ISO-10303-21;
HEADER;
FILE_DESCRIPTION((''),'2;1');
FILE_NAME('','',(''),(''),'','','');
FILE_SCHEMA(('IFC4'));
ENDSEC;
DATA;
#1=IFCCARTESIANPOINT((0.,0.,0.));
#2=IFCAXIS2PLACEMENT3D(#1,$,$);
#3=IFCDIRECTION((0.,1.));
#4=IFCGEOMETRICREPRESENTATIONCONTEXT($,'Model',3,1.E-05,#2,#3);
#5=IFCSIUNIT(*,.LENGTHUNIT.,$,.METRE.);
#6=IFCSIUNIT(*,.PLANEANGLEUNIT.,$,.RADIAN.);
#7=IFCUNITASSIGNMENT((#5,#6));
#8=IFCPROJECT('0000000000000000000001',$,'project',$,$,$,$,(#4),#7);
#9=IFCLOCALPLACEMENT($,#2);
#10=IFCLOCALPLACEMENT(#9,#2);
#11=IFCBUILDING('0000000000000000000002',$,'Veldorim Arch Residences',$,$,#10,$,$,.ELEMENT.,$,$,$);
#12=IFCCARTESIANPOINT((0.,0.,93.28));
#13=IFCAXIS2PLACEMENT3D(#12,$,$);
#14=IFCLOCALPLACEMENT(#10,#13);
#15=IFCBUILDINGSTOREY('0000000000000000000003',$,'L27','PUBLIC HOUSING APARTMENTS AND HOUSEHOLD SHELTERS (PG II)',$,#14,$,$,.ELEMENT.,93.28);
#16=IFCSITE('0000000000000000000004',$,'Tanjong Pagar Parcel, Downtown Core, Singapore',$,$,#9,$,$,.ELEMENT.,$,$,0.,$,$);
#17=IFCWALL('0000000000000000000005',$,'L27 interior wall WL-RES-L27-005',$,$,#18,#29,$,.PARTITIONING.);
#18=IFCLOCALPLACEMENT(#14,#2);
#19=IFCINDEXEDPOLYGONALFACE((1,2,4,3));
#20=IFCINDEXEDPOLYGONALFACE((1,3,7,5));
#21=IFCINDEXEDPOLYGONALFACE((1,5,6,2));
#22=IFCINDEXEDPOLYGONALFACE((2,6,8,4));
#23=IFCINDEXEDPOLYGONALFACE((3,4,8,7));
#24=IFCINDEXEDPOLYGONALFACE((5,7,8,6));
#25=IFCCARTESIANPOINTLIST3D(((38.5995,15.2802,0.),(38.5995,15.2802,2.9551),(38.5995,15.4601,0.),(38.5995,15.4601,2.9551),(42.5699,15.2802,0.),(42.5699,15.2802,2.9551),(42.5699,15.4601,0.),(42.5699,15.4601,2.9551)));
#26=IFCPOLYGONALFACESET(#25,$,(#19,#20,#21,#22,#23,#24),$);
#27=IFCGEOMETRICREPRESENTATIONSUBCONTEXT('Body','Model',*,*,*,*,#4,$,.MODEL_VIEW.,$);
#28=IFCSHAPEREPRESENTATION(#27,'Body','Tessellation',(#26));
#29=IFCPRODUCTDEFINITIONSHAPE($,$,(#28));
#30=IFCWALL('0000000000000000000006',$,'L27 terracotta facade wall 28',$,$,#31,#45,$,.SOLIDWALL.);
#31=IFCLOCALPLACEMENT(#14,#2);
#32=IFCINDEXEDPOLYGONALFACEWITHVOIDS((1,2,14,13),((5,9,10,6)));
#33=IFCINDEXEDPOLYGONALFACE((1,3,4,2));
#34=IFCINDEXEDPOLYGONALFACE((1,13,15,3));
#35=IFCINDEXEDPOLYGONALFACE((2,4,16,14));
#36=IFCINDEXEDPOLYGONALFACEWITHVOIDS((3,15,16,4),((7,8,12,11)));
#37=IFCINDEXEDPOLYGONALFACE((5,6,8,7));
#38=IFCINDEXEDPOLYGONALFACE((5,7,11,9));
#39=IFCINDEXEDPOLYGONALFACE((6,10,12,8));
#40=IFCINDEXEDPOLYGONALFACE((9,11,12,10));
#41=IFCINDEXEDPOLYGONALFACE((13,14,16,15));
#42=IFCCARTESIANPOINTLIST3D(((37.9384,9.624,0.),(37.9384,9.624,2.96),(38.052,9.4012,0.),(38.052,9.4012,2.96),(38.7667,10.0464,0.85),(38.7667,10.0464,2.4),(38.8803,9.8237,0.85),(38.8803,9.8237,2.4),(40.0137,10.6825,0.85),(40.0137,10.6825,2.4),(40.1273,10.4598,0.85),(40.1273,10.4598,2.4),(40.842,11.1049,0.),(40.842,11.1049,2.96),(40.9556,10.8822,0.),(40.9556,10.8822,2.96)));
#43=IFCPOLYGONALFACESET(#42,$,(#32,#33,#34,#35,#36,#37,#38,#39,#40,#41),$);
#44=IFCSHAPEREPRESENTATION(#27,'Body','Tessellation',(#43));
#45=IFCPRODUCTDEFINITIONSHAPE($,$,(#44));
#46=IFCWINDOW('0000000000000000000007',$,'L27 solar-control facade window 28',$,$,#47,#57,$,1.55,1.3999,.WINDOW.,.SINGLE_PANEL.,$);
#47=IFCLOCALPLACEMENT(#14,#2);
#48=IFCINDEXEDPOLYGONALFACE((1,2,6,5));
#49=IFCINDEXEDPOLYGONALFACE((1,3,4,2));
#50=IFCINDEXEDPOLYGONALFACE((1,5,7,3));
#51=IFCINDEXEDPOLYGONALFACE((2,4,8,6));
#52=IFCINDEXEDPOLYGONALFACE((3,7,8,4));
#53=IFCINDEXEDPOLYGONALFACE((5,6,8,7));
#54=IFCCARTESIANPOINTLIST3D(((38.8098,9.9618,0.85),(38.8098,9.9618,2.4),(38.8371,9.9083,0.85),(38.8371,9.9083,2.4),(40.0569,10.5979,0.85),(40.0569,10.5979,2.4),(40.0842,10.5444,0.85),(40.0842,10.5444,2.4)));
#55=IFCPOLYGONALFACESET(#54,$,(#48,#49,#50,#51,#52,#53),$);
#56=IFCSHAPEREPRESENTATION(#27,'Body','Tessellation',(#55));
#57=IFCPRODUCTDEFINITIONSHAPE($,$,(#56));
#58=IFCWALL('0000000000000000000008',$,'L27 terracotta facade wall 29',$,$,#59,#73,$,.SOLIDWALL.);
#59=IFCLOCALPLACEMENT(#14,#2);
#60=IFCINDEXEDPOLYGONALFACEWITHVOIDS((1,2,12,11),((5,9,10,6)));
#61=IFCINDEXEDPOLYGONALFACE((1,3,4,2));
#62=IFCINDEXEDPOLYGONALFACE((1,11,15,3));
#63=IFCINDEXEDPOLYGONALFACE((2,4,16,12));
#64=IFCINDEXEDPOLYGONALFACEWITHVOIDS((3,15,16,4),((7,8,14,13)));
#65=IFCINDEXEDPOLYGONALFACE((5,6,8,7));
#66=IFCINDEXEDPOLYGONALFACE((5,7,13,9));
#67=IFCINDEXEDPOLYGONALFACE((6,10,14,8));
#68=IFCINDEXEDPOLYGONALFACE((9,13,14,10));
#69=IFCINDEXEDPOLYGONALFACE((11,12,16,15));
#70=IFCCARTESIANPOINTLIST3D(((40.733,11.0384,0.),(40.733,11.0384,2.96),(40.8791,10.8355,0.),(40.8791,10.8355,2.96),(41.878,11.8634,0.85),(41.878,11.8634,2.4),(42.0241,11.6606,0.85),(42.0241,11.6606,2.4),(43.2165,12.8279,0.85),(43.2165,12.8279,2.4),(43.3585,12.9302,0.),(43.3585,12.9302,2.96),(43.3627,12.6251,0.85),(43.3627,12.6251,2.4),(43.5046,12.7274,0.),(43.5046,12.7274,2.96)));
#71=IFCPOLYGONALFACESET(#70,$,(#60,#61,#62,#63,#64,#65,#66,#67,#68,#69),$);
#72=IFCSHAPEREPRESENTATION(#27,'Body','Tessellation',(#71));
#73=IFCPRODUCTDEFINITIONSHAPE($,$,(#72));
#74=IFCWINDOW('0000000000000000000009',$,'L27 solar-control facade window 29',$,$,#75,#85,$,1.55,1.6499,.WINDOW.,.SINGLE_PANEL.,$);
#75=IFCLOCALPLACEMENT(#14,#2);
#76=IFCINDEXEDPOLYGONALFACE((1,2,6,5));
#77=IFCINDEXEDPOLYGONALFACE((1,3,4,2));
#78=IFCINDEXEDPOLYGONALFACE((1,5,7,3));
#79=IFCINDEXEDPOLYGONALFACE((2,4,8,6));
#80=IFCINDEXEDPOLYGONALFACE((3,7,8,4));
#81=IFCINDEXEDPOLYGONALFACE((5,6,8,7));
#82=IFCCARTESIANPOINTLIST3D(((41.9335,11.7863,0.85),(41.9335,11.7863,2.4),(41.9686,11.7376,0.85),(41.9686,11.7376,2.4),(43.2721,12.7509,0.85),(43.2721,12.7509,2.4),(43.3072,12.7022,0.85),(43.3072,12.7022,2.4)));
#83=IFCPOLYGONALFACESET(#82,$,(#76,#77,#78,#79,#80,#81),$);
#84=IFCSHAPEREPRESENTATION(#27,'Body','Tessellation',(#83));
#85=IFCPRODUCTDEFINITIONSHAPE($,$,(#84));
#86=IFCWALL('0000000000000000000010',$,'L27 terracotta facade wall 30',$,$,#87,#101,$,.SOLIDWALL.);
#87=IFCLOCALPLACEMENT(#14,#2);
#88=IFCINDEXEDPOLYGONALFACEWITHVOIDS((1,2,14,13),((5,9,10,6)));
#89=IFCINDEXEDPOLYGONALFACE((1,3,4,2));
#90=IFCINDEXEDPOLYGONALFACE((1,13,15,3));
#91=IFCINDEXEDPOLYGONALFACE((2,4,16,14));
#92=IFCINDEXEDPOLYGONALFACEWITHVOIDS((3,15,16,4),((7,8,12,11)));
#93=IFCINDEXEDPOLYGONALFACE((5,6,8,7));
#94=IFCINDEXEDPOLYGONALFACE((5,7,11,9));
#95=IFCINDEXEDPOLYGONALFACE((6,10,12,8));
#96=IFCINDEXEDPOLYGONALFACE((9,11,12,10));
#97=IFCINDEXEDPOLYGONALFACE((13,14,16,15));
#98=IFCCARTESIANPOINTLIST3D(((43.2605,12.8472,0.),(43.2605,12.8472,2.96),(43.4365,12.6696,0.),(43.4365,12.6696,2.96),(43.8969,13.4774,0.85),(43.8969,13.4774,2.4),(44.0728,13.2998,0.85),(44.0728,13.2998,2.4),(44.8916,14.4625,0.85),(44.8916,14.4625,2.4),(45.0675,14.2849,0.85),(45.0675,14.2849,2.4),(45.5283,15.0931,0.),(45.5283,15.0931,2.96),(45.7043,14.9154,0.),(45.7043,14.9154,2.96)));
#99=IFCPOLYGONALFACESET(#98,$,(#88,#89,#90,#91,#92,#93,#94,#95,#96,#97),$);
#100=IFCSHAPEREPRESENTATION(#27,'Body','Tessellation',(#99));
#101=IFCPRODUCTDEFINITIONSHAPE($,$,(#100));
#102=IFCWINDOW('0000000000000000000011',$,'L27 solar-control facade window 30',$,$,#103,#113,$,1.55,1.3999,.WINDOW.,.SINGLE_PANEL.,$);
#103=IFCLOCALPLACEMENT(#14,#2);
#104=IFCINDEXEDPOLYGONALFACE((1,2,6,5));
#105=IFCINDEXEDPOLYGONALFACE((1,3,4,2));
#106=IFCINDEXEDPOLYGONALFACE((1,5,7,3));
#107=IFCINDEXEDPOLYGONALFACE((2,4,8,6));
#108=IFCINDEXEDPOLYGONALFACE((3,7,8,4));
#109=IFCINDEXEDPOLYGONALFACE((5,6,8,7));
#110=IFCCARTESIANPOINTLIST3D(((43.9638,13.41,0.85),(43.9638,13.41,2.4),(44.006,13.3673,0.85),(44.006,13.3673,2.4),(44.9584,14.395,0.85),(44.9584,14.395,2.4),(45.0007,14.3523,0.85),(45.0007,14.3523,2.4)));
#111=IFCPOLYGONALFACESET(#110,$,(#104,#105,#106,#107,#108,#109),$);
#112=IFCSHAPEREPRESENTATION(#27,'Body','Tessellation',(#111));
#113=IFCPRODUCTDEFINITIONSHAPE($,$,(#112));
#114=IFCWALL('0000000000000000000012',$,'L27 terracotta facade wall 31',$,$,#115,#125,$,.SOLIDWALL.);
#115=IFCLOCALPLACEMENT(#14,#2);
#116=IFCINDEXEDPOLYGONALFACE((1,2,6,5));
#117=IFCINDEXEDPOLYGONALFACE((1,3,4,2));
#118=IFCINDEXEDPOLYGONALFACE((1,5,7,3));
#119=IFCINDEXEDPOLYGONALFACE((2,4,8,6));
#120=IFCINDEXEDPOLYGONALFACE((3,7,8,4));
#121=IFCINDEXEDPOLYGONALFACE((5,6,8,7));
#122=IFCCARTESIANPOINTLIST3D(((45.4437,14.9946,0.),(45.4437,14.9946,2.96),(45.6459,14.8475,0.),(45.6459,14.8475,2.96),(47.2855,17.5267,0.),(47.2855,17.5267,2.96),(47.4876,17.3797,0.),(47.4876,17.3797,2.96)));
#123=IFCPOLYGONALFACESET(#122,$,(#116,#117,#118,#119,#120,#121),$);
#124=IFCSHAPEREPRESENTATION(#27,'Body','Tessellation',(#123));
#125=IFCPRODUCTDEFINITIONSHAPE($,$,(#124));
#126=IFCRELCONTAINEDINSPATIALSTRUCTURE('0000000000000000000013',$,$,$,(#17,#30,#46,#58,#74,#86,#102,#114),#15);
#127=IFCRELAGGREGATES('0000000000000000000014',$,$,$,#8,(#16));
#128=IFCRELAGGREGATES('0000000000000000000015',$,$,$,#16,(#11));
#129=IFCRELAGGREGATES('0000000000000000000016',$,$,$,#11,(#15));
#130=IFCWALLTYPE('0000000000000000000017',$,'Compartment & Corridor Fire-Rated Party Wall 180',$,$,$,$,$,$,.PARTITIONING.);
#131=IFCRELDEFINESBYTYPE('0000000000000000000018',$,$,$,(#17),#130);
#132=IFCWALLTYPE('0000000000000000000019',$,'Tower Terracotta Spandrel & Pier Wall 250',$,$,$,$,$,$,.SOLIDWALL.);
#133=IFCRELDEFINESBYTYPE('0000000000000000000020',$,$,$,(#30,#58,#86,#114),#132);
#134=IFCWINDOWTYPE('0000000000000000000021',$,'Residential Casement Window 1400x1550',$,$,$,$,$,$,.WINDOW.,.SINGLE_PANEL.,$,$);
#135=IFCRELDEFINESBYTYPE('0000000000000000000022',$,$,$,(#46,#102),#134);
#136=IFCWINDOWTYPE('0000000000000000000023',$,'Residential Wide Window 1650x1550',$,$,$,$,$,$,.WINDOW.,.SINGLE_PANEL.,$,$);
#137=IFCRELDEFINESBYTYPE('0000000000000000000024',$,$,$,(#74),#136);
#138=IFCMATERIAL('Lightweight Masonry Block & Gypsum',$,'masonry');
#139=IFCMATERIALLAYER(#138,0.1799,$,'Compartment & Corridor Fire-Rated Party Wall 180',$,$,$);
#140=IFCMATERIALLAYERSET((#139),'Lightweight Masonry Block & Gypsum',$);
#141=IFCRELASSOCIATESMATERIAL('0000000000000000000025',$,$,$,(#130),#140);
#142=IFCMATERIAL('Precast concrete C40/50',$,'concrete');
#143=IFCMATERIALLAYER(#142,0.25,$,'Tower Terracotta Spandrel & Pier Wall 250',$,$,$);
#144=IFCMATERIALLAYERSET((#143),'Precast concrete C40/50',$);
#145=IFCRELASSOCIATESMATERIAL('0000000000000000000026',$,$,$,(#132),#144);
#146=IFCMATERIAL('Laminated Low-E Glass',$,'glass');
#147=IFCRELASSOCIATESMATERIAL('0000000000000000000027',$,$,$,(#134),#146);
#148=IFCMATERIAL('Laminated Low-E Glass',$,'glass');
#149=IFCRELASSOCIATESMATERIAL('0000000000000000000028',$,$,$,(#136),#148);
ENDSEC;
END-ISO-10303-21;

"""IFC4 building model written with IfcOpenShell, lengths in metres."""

from ifc_helpers import new_model, si_unit, direction, frame, frame_2d, origin, place, context, subcontext, project, spatial, rectangle, extrude, material, layer, layer_set, type_object, element, fill, save


model = new_model("IFC4")

# Units and contexts
model_context = context("Model", 3, precision=1e-05, world=origin(), true_north=direction((0.0, 1.0)))
body_context = subcontext(model_context, "Body", "Model", "MODEL_VIEW")
ifc_project = project(units=[si_unit("LENGTHUNIT", "METRE"), si_unit("PLANEANGLEUNIT", "RADIAN")], contexts=[model_context])

# Site, building, storey
site_placement = place(None, origin())
site = spatial("IfcSite", under=ifc_project, at=site_placement, Name="Tanjong Pagar Parcel, Downtown Core, Singapore", CompositionType="ELEMENT", RefElevation=0.0)
building_placement = place(site_placement, origin())
building = spatial("IfcBuilding", under=site, at=building_placement, Name="Veldorim Arch Residences", CompositionType="ELEMENT")
storey_placement = place(building_placement, frame((0.0, 0.0, 93.28)))
storey = spatial("IfcBuildingStorey", under=building, at=storey_placement, Name="L27", Description="PUBLIC HOUSING APARTMENTS AND HOUSEHOLD SHELTERS (PG II)", CompositionType="ELEMENT", Elevation=93.28)

# Wall
ifc_material_1 = material(Name="Lightweight Masonry Block & Gypsum", Category="masonry")
ifc_layer_1 = layer(ifc_material_1, 0.1799, Name="Compartment & Corridor Fire-Rated Party Wall 180")
ifc_layer_set_1 = layer_set([ifc_layer_1], Name="Lightweight Masonry Block & Gypsum")
wall_type_1 = type_object("IfcWallType", Name="Compartment & Corridor Fire-Rated Party Wall 180", PredefinedType="PARTITIONING", material=ifc_layer_set_1)
wall_1_placement = place(storey_placement, frame((42.5701, 15.3701, 0.0), z_axis=(0.0, 0.0, 1.0), x_axis=(-1.0, 0.0, 0.0)))
element("IfcWall", 1, at=wall_1_placement, inside=storey, type_object=wall_type_1, Name="L27 interior wall WL-RES-L27-005", PredefinedType="PARTITIONING", context=body_context, shape_type="SweptSolid", body=[
    extrude(rectangle(XDim=3.9705, YDim=0.1799, at=frame_2d((1.9854, 0.0))), origin(), (0.0, 0.0, 1.0), 2.9551),
])

# Walls, openings, windows
ifc_material_2 = material(Name="Precast concrete C40/50", Category="concrete")
ifc_layer_2 = layer(ifc_material_2, 0.25, Name="Tower Terracotta Spandrel & Pier Wall 250")
ifc_layer_set_2 = layer_set([ifc_layer_2], Name="Precast concrete C40/50")
wall_type_2 = type_object("IfcWallType", Name="Tower Terracotta Spandrel & Pier Wall 250", PredefinedType="SOLIDWALL", material=ifc_layer_set_2)
wall_2_placement = place(storey_placement, frame((40.8989, 10.9937, 0.0), z_axis=(0.0, 0.0, 1.0), x_axis=(-0.890818, -0.45436, 0.0)))
wall_2 = element("IfcWall", 2, at=wall_2_placement, inside=storey, type_object=wall_type_2, Name="L27 terracotta facade wall 28", PredefinedType="SOLIDWALL", context=body_context, shape_type="SweptSolid", body=[
    extrude(rectangle(XDim=3.2595, YDim=0.25, at=frame_2d((1.6299, 0.0))), origin(), (0.0, 0.0, 1.0), 2.96),
])
opening_1_placement = place(wall_2_placement, frame((0.9299, 0.0, 0.8501)))
opening_1 = element("IfcOpeningElement", 3, at=opening_1_placement, cuts=wall_2, PredefinedType="OPENING", context=body_context, shape_type="SweptSolid", body=[
    extrude(rectangle(XDim=1.3999, YDim=1.55, at=frame_2d((0.7, 0.7749))), frame((0.0, 0.135, 0.0), z_axis=(0.0, -1.0, 0.0), x_axis=(1.0, 0.0, 0.0)), (0.0, 0.0, 1.0), 0.27),
])
ifc_material_3 = material(Name="Laminated Low-E Glass", Category="glass")
window_type_1 = type_object("IfcWindowType", Name="Residential Casement Window 1400x1550", PartitioningType="SINGLE_PANEL", PredefinedType="WINDOW", material=ifc_material_3)
window_1_placement = place(opening_1_placement, origin())
window_1 = element("IfcWindow", 4, at=window_1_placement, inside=storey, type_object=window_type_1, Name="L27 solar-control facade window 28", OverallHeight=1.55, OverallWidth=1.3999, PartitioningType="SINGLE_PANEL", PredefinedType="WINDOW", context=body_context, shape_type="SweptSolid", body=[
    extrude(rectangle(XDim=1.3999, YDim=1.55, at=frame_2d((0.7, 0.7749))), frame((0.0, 0.03, 0.0), z_axis=(0.0, -1.0, 0.0), x_axis=(1.0, 0.0, 0.0)), (0.0, 0.0, 1.0), 0.0601),
])
fill(opening_1, window_1)
wall_3_placement = place(storey_placement, frame((43.4316, 12.8289, 0.0), z_axis=(0.0, 0.0, 1.0), x_axis=(-0.811315, -0.584609, 0.0)))
wall_3 = element("IfcWall", 5, at=wall_3_placement, inside=storey, type_object=wall_type_2, Name="L27 terracotta facade wall 29", PredefinedType="SOLIDWALL", context=body_context, shape_type="SweptSolid", body=[
    extrude(rectangle(XDim=3.2361, YDim=0.25, at=frame_2d((1.6182, 0.0))), origin(), (0.0, 0.0, 1.0), 2.96),
])
opening_2_placement = place(wall_3_placement, frame((0.175, 0.0, 0.8501)))
opening_2 = element("IfcOpeningElement", 6, at=opening_2_placement, cuts=wall_3, PredefinedType="OPENING", context=body_context, shape_type="SweptSolid", body=[
    extrude(rectangle(XDim=1.6499, YDim=1.55, at=frame_2d((0.825, 0.7749))), frame((0.0, 0.135, 0.0), z_axis=(0.0, -1.0, 0.0), x_axis=(1.0, 0.0, 0.0)), (0.0, 0.0, 1.0), 0.27),
])
ifc_material_4 = material(Name="Laminated Low-E Glass", Category="glass")
window_type_2 = type_object("IfcWindowType", Name="Residential Wide Window 1650x1550", PartitioningType="SINGLE_PANEL", PredefinedType="WINDOW", material=ifc_material_4)
window_2_placement = place(opening_2_placement, origin())
window_2 = element("IfcWindow", 7, at=window_2_placement, inside=storey, type_object=window_type_2, Name="L27 solar-control facade window 29", OverallHeight=1.55, OverallWidth=1.6499, PartitioningType="SINGLE_PANEL", PredefinedType="WINDOW", context=body_context, shape_type="SweptSolid", body=[
    extrude(rectangle(XDim=1.6499, YDim=1.55, at=frame_2d((0.825, 0.7749))), frame((0.0, 0.03, 0.0), z_axis=(0.0, -1.0, 0.0), x_axis=(1.0, 0.0, 0.0)), (0.0, 0.0, 1.0), 0.0601),
])
fill(opening_2, window_2)
wall_4_placement = place(storey_placement, frame((45.6162, 15.0042, 0.0), z_axis=(0.0, 0.0, 1.0), x_axis=(-0.710541, -0.703656, 0.0)))
wall_4 = element("IfcWall", 8, at=wall_4_placement, inside=storey, type_object=wall_type_2, Name="L27 terracotta facade wall 30", PredefinedType="SOLIDWALL", context=body_context, shape_type="SweptSolid", body=[
    extrude(rectangle(XDim=3.1917, YDim=0.25, at=frame_2d((1.5957, 0.0))), origin(), (0.0, 0.0, 1.0), 2.96),
])
opening_3_placement = place(wall_4_placement, frame((0.896, 0.0, 0.8501)))
opening_3 = element("IfcOpeningElement", 9, at=opening_3_placement, cuts=wall_4, PredefinedType="OPENING", context=body_context, shape_type="SweptSolid", body=[
    extrude(rectangle(XDim=1.3999, YDim=1.55, at=frame_2d((0.7, 0.7749))), frame((0.0, 0.135, 0.0), z_axis=(0.0, -1.0, 0.0), x_axis=(1.0, 0.0, 0.0)), (0.0, 0.0, 1.0), 0.27),
])
window_3_placement = place(opening_3_placement, origin())
window_3 = element("IfcWindow", 10, at=window_3_placement, inside=storey, type_object=window_type_1, Name="L27 solar-control facade window 30", OverallHeight=1.55, OverallWidth=1.3999, PartitioningType="SINGLE_PANEL", PredefinedType="WINDOW", context=body_context, shape_type="SweptSolid", body=[
    extrude(rectangle(XDim=1.3999, YDim=1.55, at=frame_2d((0.7, 0.7749))), frame((0.0, 0.03, 0.0), z_axis=(0.0, -1.0, 0.0), x_axis=(1.0, 0.0, 0.0)), (0.0, 0.0, 1.0), 0.0601),
])
fill(opening_3, window_3)

# Wall
wall_5_placement = place(storey_placement, frame((47.3865, 17.4531, 0.0), z_axis=(0.0, 0.0, 1.0), x_axis=(-0.588209, -0.808709, 0.0)))
element("IfcWall", 11, at=wall_5_placement, inside=storey, type_object=wall_type_2, Name="L27 terracotta facade wall 31", PredefinedType="SOLIDWALL", context=body_context, shape_type="SweptSolid", body=[
    extrude(rectangle(XDim=3.1311, YDim=0.25, at=frame_2d((1.5654, 0.0))), origin(), (0.0, 0.0, 1.0), 2.96),
])

save(model, "model.ifc")
